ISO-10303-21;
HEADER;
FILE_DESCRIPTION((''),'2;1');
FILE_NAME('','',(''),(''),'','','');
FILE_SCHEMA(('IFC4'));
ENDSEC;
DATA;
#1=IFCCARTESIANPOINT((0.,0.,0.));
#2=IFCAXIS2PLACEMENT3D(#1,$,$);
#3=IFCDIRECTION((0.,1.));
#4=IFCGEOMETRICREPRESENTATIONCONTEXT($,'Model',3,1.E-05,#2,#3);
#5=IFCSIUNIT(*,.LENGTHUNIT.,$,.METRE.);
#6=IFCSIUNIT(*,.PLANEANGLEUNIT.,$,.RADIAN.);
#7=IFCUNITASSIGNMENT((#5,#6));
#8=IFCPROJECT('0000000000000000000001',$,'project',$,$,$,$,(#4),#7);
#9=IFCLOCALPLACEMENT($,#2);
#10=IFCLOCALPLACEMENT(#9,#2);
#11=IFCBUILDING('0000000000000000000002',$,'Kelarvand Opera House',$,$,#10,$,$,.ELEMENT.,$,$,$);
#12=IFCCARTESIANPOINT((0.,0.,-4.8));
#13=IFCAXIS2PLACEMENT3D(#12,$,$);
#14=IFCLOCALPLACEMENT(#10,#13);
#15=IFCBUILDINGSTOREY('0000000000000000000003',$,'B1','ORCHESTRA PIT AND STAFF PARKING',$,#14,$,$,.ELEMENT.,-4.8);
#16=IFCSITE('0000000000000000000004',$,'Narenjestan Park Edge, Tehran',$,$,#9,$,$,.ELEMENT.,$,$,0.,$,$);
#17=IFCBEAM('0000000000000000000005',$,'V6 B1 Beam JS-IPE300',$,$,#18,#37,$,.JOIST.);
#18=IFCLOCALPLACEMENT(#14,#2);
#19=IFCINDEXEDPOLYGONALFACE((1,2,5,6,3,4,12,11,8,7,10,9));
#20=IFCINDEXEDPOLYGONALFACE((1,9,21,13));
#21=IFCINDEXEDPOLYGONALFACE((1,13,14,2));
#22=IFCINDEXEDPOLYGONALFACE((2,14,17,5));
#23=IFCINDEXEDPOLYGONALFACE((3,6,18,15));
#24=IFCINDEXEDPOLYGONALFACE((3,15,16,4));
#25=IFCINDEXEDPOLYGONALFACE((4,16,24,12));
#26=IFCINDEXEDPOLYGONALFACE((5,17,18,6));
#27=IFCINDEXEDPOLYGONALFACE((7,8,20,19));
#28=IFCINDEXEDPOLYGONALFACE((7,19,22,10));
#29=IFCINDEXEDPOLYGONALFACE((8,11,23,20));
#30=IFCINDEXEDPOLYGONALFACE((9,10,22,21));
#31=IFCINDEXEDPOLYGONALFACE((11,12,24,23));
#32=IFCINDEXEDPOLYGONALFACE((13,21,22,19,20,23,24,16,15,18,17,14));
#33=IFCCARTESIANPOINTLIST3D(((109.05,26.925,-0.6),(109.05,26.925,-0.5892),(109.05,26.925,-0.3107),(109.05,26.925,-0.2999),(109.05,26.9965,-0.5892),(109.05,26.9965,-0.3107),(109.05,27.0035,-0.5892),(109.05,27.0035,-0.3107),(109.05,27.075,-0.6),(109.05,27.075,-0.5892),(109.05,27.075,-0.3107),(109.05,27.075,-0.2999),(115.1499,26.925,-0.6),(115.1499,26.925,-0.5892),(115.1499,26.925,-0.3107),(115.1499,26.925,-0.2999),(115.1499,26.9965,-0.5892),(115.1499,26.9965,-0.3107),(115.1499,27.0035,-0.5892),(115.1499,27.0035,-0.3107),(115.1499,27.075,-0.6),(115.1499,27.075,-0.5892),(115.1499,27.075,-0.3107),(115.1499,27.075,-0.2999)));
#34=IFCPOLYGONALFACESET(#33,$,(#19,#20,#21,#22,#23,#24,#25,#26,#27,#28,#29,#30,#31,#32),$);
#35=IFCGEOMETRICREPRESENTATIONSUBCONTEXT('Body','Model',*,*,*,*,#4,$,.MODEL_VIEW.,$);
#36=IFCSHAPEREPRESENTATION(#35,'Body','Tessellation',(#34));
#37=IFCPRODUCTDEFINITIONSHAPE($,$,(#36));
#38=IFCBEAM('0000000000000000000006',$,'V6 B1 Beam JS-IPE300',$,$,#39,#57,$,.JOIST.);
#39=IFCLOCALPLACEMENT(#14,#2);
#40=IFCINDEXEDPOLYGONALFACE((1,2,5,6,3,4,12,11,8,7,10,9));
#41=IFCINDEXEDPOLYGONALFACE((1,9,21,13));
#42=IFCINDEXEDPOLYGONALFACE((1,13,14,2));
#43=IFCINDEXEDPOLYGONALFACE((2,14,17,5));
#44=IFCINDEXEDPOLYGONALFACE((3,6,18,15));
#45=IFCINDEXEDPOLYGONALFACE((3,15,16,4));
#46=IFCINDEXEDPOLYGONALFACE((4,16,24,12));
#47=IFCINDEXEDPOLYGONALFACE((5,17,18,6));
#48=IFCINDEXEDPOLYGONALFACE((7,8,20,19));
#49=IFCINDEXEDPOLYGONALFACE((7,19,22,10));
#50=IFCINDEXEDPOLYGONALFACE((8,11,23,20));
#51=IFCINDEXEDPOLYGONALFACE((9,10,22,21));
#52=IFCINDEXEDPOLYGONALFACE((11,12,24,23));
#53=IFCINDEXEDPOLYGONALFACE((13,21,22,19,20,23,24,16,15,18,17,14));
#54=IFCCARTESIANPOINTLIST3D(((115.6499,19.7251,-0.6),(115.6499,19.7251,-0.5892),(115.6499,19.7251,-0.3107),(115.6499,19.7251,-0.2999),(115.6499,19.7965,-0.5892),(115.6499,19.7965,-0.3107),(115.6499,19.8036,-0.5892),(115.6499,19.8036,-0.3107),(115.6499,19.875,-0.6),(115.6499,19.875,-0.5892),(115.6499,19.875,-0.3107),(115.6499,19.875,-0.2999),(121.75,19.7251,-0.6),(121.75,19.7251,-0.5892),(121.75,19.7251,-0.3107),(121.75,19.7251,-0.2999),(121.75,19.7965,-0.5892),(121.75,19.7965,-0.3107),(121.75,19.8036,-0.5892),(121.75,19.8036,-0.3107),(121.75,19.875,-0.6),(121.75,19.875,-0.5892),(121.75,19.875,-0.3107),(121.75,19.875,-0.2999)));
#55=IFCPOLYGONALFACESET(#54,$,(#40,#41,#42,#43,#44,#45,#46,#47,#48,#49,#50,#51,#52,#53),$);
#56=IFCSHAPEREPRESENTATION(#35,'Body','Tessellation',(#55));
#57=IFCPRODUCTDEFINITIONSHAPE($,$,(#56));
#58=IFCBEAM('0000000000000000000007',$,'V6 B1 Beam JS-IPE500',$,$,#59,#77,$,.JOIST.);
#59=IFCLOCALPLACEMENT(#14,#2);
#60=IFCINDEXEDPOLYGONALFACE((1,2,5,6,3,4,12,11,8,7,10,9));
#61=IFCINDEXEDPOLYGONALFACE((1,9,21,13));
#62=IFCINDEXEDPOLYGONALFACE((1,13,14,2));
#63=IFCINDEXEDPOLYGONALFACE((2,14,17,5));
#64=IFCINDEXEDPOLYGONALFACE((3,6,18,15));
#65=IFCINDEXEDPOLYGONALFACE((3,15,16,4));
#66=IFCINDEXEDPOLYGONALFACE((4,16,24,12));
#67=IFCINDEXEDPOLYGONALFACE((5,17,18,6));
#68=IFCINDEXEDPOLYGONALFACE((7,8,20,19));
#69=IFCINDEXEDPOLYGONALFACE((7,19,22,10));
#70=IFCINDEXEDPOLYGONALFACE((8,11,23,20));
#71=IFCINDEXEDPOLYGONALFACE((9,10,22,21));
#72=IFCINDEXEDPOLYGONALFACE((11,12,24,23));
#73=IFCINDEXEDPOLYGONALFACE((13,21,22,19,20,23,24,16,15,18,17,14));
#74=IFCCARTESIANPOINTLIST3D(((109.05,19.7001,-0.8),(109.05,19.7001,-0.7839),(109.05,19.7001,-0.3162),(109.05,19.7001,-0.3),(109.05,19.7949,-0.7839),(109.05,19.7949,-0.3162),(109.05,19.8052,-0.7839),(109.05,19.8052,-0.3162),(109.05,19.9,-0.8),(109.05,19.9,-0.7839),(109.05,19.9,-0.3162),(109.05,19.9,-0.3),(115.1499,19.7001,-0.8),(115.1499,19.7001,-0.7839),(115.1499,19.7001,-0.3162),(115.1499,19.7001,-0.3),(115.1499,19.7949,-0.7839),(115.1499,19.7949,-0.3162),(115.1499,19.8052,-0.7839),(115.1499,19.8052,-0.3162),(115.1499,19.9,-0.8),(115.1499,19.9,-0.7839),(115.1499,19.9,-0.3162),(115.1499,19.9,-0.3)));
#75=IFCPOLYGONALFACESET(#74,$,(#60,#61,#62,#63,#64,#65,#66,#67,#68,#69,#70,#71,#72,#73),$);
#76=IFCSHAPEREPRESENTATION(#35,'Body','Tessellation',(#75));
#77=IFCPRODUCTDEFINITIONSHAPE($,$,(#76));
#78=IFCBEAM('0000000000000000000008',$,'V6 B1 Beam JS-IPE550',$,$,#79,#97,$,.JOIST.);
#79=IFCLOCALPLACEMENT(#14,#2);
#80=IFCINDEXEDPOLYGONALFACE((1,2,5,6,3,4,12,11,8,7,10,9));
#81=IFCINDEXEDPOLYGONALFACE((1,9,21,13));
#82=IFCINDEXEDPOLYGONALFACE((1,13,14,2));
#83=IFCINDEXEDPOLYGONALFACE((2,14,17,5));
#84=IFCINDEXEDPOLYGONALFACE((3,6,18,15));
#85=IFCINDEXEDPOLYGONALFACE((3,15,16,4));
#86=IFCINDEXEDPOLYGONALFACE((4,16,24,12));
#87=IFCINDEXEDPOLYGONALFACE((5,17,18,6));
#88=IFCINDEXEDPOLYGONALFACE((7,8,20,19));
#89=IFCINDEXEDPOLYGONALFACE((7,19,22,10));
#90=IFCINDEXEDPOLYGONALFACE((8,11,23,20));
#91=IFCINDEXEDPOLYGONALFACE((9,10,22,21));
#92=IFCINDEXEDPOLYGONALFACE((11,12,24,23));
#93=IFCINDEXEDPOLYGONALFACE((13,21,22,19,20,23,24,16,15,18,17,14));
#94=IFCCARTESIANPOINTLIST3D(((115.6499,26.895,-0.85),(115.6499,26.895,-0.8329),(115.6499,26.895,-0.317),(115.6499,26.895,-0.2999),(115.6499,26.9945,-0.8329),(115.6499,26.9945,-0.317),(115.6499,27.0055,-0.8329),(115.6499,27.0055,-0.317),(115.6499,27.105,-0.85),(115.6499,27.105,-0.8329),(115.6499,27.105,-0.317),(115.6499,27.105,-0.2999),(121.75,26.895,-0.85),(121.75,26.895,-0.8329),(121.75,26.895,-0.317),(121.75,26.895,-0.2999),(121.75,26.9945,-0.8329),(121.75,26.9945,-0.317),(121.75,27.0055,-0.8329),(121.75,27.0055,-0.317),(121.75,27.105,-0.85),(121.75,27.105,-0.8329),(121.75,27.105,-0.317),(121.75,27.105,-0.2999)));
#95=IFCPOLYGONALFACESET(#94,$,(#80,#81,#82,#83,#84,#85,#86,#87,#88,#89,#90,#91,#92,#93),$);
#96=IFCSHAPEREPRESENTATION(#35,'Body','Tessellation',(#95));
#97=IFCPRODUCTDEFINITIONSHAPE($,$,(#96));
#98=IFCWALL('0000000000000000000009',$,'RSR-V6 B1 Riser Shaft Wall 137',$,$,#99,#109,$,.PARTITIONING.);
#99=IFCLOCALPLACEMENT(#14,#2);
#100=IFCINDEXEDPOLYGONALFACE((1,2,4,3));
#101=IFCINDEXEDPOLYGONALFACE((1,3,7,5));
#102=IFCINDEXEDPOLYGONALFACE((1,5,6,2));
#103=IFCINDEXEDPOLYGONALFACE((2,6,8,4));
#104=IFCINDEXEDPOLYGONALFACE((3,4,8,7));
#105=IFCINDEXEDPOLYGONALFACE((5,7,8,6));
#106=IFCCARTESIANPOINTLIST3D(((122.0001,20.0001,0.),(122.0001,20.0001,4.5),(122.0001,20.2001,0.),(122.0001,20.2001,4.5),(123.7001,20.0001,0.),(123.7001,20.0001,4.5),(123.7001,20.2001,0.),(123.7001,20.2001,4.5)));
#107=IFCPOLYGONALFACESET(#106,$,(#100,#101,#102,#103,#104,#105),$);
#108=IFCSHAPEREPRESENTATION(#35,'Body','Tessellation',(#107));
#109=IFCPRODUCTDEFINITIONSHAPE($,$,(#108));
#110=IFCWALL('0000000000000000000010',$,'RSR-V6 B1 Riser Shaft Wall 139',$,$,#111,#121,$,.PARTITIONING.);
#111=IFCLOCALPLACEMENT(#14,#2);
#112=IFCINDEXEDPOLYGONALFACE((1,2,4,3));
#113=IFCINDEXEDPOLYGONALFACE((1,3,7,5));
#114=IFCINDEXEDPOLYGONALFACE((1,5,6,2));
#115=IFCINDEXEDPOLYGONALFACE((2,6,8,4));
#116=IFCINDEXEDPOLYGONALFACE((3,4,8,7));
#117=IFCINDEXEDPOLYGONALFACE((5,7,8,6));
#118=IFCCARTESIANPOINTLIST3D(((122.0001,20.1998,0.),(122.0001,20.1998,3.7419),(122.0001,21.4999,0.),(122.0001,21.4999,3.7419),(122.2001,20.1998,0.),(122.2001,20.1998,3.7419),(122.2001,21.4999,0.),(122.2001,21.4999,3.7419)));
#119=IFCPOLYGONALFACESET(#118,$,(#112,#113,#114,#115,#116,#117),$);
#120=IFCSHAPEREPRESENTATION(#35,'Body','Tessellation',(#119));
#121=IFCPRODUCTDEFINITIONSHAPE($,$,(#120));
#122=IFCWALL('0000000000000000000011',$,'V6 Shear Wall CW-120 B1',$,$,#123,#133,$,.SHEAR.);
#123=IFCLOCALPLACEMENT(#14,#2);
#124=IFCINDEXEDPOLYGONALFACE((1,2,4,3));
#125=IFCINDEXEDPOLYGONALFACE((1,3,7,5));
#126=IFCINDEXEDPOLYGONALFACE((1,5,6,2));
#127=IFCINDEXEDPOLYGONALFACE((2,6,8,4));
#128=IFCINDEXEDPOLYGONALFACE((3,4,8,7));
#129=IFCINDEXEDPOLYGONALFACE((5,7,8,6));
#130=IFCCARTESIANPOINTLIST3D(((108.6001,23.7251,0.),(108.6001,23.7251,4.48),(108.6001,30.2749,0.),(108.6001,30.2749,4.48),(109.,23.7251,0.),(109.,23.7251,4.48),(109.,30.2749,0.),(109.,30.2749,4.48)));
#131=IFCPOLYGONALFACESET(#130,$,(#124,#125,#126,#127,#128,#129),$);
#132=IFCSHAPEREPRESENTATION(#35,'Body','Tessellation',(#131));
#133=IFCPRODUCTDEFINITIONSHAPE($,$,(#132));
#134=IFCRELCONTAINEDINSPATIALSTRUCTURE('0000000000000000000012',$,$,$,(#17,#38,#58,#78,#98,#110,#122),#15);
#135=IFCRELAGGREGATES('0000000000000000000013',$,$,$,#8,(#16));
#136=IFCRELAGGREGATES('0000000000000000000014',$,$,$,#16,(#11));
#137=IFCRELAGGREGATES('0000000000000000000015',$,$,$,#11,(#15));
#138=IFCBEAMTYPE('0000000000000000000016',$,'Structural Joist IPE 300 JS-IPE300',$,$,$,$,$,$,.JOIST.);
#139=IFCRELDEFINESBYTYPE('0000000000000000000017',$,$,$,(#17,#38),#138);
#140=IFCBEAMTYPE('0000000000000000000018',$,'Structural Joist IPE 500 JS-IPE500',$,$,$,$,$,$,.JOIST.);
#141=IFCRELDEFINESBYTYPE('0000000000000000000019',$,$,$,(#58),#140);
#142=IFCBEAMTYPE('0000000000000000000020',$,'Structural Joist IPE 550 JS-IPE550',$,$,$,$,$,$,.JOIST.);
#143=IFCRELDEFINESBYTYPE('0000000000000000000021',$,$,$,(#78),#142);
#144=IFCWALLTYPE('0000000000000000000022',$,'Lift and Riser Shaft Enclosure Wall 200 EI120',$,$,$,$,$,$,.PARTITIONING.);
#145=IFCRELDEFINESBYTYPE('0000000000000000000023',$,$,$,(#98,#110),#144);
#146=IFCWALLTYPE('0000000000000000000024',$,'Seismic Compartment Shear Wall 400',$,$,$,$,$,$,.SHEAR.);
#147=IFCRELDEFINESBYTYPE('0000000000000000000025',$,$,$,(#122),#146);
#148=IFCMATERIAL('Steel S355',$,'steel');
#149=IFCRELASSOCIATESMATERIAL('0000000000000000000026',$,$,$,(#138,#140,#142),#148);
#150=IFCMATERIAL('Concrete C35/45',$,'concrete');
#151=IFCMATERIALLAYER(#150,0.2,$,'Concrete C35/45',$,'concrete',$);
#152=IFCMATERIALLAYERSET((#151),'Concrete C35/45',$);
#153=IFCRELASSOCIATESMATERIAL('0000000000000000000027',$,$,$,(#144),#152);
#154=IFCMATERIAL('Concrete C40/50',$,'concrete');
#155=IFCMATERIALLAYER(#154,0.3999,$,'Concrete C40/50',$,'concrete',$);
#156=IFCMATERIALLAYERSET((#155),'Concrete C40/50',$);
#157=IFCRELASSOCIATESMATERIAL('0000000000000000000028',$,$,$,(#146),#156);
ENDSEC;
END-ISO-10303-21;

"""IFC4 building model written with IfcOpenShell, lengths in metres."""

from ifc_helpers import new_model, si_unit, direction, frame, frame_2d, origin, origin_2d, place, context, subcontext, project, spatial, rectangle, i_section, extrude, material, layer, layer_set, material_profile, profile_set, type_object, element, save


model = new_model("IFC4")

# Units and contexts
model_context = context("Model", 3, precision=1e-05, world=origin(), true_north=direction((0.0, 1.0)))
body_context = subcontext(model_context, "Body", "Model", "MODEL_VIEW")
ifc_project = project(units=[si_unit("LENGTHUNIT", "METRE"), si_unit("PLANEANGLEUNIT", "RADIAN")], contexts=[model_context])

# Site, building, storey
site_placement = place(None, origin())
site = spatial("IfcSite", under=ifc_project, at=site_placement, Name="Narenjestan Park Edge, Tehran", CompositionType="ELEMENT", RefElevation=0.0)
building_placement = place(site_placement, origin())
building = spatial("IfcBuilding", under=site, at=building_placement, Name="Kelarvand Opera House", CompositionType="ELEMENT")
storey_placement = place(building_placement, frame((0.0, 0.0, -4.8)))
storey = spatial("IfcBuildingStorey", under=building, at=storey_placement, Name="B1", Description="ORCHESTRA PIT AND STAFF PARKING", CompositionType="ELEMENT", Elevation=-4.8)

# Shared definitions
ifc_material_1 = material(Name="Concrete C40/50", Category="concrete")

# Beams
ifc_material_2 = material(Name="Steel S355", Category="steel")
ifc_material_profile_1 = material_profile(ifc_material_2, i_section(OverallWidth=0.1499, OverallDepth=0.3, WebThickness=0.0071, FlangeThickness=0.0107, at=origin_2d()), Name="IPE 300", Category="steel")
ifc_profile_set_1 = profile_set([ifc_material_profile_1], Name="Steel S355")
beam_type_1 = type_object("IfcBeamType", Name="Structural Joist IPE 300 JS-IPE300", PredefinedType="JOIST", material=ifc_profile_set_1)
beam_1_placement = place(storey_placement, frame((109.05, 27.0, -0.45), z_axis=(1.0, 0.0, 0.0), x_axis=(0.0, 1.0, 0.0)))
element("IfcBeam", 1, at=beam_1_placement, inside=storey, type_object=beam_type_1, Name="V6 B1 Beam JS-IPE300", PredefinedType="JOIST", context=body_context, shape_type="SweptSolid", body=[
    extrude(i_section(OverallWidth=0.1499, OverallDepth=0.3, WebThickness=0.0071, FlangeThickness=0.0107, at=origin_2d()), origin(), (0.0, 0.0, 1.0), 6.0999),
])
beam_2_placement = place(storey_placement, frame((115.6499, 19.8, -0.45), z_axis=(1.0, 0.0, 0.0), x_axis=(0.0, 1.0, 0.0)))
element("IfcBeam", 2, at=beam_2_placement, inside=storey, type_object=beam_type_1, Name="V6 B1 Beam JS-IPE300", PredefinedType="JOIST", context=body_context, shape_type="SweptSolid", body=[
    extrude(i_section(OverallWidth=0.1499, OverallDepth=0.3, WebThickness=0.0071, FlangeThickness=0.0107, at=origin_2d()), origin(), (0.0, 0.0, 1.0), 6.1001),
])
ifc_material_profile_2 = material_profile(ifc_material_2, i_section(OverallWidth=0.2, OverallDepth=0.5, WebThickness=0.0103, FlangeThickness=0.0161, at=origin_2d()), Name="IPE 500", Category="steel")
ifc_profile_set_2 = profile_set([ifc_material_profile_2], Name="Steel S355")
beam_type_2 = type_object("IfcBeamType", Name="Structural Joist IPE 500 JS-IPE500", PredefinedType="JOIST", material=ifc_profile_set_2)
beam_3_placement = place(storey_placement, frame((109.05, 19.8, -0.55), z_axis=(1.0, 0.0, 0.0), x_axis=(0.0, 1.0, 0.0)))
element("IfcBeam", 3, at=beam_3_placement, inside=storey, type_object=beam_type_2, Name="V6 B1 Beam JS-IPE500", PredefinedType="JOIST", context=body_context, shape_type="SweptSolid", body=[
    extrude(i_section(OverallWidth=0.2, OverallDepth=0.5, WebThickness=0.0103, FlangeThickness=0.0161, at=origin_2d()), origin(), (0.0, 0.0, 1.0), 6.0999),
])
ifc_material_profile_3 = material_profile(ifc_material_2, i_section(OverallWidth=0.21, OverallDepth=0.55, WebThickness=0.011, FlangeThickness=0.0171, at=origin_2d()), Name="IPE 550", Category="steel")
ifc_profile_set_3 = profile_set([ifc_material_profile_3], Name="Steel S355")
beam_type_3 = type_object("IfcBeamType", Name="Structural Joist IPE 550 JS-IPE550", PredefinedType="JOIST", material=ifc_profile_set_3)
beam_4_placement = place(storey_placement, frame((115.6499, 27.0, -0.575), z_axis=(1.0, 0.0, 0.0), x_axis=(0.0, 1.0, 0.0)))
element("IfcBeam", 4, at=beam_4_placement, inside=storey, type_object=beam_type_3, Name="V6 B1 Beam JS-IPE550", PredefinedType="JOIST", context=body_context, shape_type="SweptSolid", body=[
    extrude(i_section(OverallWidth=0.21, OverallDepth=0.55, WebThickness=0.011, FlangeThickness=0.0171, at=origin_2d()), origin(), (0.0, 0.0, 1.0), 6.1001),
])

# Walls
ifc_material_3 = material(Name="Concrete C35/45", Category="concrete")
ifc_layer_1 = layer(ifc_material_3, 0.2, Name="Concrete C35/45", Category="concrete")
ifc_layer_set_1 = layer_set([ifc_layer_1], Name="Concrete C35/45")
wall_type_1 = type_object("IfcWallType", Name="Lift and Riser Shaft Enclosure Wall 200 EI120", PredefinedType="PARTITIONING", material=ifc_layer_set_1)
wall_1_placement = place(storey_placement, frame((122.0, 20.1001, 0.0), z_axis=(0.0, 0.0, 1.0), x_axis=(1.0, 0.0, 0.0)))
element("IfcWall", 5, at=wall_1_placement, inside=storey, type_object=wall_type_1, Name="RSR-V6 B1 Riser Shaft Wall 137", PredefinedType="PARTITIONING", context=body_context, shape_type="SweptSolid", body=[
    extrude(rectangle(XDim=1.7, YDim=0.2, at=frame_2d((0.8501, 0.0))), origin(), (0.0, 0.0, 1.0), 4.5),
])
wall_2_placement = place(storey_placement, frame((122.1001, 20.2, 0.0), z_axis=(0.0, 0.0, 1.0), x_axis=(0.0, 1.0, 0.0)))
element("IfcWall", 6, at=wall_2_placement, inside=storey, type_object=wall_type_1, Name="RSR-V6 B1 Riser Shaft Wall 139", PredefinedType="PARTITIONING", context=body_context, shape_type="SweptSolid", body=[
    extrude(rectangle(XDim=1.3, YDim=0.2, at=frame_2d((0.6499, 0.0))), origin(), (0.0, 0.0, 1.0), 3.7419),
])
ifc_layer_2 = layer(ifc_material_1, 0.3999, Name="Concrete C40/50", Category="concrete")
ifc_layer_set_2 = layer_set([ifc_layer_2], Name="Concrete C40/50")
wall_type_2 = type_object("IfcWallType", Name="Seismic Compartment Shear Wall 400", PredefinedType="SHEAR", material=ifc_layer_set_2)
wall_3_placement = place(storey_placement, frame((108.8, 23.7251, 0.0), z_axis=(0.0, 0.0, 1.0), x_axis=(0.0, 1.0, 0.0)))
element("IfcWall", 7, at=wall_3_placement, inside=storey, type_object=wall_type_2, Name="V6 Shear Wall CW-120 B1", PredefinedType="SHEAR", context=body_context, shape_type="SweptSolid", body=[
    extrude(rectangle(XDim=6.5498, YDim=0.3999, at=frame_2d((3.2749, 0.0))), origin(), (0.0, 0.0, 1.0), 4.48),
])

save(model, "model.ifc")
